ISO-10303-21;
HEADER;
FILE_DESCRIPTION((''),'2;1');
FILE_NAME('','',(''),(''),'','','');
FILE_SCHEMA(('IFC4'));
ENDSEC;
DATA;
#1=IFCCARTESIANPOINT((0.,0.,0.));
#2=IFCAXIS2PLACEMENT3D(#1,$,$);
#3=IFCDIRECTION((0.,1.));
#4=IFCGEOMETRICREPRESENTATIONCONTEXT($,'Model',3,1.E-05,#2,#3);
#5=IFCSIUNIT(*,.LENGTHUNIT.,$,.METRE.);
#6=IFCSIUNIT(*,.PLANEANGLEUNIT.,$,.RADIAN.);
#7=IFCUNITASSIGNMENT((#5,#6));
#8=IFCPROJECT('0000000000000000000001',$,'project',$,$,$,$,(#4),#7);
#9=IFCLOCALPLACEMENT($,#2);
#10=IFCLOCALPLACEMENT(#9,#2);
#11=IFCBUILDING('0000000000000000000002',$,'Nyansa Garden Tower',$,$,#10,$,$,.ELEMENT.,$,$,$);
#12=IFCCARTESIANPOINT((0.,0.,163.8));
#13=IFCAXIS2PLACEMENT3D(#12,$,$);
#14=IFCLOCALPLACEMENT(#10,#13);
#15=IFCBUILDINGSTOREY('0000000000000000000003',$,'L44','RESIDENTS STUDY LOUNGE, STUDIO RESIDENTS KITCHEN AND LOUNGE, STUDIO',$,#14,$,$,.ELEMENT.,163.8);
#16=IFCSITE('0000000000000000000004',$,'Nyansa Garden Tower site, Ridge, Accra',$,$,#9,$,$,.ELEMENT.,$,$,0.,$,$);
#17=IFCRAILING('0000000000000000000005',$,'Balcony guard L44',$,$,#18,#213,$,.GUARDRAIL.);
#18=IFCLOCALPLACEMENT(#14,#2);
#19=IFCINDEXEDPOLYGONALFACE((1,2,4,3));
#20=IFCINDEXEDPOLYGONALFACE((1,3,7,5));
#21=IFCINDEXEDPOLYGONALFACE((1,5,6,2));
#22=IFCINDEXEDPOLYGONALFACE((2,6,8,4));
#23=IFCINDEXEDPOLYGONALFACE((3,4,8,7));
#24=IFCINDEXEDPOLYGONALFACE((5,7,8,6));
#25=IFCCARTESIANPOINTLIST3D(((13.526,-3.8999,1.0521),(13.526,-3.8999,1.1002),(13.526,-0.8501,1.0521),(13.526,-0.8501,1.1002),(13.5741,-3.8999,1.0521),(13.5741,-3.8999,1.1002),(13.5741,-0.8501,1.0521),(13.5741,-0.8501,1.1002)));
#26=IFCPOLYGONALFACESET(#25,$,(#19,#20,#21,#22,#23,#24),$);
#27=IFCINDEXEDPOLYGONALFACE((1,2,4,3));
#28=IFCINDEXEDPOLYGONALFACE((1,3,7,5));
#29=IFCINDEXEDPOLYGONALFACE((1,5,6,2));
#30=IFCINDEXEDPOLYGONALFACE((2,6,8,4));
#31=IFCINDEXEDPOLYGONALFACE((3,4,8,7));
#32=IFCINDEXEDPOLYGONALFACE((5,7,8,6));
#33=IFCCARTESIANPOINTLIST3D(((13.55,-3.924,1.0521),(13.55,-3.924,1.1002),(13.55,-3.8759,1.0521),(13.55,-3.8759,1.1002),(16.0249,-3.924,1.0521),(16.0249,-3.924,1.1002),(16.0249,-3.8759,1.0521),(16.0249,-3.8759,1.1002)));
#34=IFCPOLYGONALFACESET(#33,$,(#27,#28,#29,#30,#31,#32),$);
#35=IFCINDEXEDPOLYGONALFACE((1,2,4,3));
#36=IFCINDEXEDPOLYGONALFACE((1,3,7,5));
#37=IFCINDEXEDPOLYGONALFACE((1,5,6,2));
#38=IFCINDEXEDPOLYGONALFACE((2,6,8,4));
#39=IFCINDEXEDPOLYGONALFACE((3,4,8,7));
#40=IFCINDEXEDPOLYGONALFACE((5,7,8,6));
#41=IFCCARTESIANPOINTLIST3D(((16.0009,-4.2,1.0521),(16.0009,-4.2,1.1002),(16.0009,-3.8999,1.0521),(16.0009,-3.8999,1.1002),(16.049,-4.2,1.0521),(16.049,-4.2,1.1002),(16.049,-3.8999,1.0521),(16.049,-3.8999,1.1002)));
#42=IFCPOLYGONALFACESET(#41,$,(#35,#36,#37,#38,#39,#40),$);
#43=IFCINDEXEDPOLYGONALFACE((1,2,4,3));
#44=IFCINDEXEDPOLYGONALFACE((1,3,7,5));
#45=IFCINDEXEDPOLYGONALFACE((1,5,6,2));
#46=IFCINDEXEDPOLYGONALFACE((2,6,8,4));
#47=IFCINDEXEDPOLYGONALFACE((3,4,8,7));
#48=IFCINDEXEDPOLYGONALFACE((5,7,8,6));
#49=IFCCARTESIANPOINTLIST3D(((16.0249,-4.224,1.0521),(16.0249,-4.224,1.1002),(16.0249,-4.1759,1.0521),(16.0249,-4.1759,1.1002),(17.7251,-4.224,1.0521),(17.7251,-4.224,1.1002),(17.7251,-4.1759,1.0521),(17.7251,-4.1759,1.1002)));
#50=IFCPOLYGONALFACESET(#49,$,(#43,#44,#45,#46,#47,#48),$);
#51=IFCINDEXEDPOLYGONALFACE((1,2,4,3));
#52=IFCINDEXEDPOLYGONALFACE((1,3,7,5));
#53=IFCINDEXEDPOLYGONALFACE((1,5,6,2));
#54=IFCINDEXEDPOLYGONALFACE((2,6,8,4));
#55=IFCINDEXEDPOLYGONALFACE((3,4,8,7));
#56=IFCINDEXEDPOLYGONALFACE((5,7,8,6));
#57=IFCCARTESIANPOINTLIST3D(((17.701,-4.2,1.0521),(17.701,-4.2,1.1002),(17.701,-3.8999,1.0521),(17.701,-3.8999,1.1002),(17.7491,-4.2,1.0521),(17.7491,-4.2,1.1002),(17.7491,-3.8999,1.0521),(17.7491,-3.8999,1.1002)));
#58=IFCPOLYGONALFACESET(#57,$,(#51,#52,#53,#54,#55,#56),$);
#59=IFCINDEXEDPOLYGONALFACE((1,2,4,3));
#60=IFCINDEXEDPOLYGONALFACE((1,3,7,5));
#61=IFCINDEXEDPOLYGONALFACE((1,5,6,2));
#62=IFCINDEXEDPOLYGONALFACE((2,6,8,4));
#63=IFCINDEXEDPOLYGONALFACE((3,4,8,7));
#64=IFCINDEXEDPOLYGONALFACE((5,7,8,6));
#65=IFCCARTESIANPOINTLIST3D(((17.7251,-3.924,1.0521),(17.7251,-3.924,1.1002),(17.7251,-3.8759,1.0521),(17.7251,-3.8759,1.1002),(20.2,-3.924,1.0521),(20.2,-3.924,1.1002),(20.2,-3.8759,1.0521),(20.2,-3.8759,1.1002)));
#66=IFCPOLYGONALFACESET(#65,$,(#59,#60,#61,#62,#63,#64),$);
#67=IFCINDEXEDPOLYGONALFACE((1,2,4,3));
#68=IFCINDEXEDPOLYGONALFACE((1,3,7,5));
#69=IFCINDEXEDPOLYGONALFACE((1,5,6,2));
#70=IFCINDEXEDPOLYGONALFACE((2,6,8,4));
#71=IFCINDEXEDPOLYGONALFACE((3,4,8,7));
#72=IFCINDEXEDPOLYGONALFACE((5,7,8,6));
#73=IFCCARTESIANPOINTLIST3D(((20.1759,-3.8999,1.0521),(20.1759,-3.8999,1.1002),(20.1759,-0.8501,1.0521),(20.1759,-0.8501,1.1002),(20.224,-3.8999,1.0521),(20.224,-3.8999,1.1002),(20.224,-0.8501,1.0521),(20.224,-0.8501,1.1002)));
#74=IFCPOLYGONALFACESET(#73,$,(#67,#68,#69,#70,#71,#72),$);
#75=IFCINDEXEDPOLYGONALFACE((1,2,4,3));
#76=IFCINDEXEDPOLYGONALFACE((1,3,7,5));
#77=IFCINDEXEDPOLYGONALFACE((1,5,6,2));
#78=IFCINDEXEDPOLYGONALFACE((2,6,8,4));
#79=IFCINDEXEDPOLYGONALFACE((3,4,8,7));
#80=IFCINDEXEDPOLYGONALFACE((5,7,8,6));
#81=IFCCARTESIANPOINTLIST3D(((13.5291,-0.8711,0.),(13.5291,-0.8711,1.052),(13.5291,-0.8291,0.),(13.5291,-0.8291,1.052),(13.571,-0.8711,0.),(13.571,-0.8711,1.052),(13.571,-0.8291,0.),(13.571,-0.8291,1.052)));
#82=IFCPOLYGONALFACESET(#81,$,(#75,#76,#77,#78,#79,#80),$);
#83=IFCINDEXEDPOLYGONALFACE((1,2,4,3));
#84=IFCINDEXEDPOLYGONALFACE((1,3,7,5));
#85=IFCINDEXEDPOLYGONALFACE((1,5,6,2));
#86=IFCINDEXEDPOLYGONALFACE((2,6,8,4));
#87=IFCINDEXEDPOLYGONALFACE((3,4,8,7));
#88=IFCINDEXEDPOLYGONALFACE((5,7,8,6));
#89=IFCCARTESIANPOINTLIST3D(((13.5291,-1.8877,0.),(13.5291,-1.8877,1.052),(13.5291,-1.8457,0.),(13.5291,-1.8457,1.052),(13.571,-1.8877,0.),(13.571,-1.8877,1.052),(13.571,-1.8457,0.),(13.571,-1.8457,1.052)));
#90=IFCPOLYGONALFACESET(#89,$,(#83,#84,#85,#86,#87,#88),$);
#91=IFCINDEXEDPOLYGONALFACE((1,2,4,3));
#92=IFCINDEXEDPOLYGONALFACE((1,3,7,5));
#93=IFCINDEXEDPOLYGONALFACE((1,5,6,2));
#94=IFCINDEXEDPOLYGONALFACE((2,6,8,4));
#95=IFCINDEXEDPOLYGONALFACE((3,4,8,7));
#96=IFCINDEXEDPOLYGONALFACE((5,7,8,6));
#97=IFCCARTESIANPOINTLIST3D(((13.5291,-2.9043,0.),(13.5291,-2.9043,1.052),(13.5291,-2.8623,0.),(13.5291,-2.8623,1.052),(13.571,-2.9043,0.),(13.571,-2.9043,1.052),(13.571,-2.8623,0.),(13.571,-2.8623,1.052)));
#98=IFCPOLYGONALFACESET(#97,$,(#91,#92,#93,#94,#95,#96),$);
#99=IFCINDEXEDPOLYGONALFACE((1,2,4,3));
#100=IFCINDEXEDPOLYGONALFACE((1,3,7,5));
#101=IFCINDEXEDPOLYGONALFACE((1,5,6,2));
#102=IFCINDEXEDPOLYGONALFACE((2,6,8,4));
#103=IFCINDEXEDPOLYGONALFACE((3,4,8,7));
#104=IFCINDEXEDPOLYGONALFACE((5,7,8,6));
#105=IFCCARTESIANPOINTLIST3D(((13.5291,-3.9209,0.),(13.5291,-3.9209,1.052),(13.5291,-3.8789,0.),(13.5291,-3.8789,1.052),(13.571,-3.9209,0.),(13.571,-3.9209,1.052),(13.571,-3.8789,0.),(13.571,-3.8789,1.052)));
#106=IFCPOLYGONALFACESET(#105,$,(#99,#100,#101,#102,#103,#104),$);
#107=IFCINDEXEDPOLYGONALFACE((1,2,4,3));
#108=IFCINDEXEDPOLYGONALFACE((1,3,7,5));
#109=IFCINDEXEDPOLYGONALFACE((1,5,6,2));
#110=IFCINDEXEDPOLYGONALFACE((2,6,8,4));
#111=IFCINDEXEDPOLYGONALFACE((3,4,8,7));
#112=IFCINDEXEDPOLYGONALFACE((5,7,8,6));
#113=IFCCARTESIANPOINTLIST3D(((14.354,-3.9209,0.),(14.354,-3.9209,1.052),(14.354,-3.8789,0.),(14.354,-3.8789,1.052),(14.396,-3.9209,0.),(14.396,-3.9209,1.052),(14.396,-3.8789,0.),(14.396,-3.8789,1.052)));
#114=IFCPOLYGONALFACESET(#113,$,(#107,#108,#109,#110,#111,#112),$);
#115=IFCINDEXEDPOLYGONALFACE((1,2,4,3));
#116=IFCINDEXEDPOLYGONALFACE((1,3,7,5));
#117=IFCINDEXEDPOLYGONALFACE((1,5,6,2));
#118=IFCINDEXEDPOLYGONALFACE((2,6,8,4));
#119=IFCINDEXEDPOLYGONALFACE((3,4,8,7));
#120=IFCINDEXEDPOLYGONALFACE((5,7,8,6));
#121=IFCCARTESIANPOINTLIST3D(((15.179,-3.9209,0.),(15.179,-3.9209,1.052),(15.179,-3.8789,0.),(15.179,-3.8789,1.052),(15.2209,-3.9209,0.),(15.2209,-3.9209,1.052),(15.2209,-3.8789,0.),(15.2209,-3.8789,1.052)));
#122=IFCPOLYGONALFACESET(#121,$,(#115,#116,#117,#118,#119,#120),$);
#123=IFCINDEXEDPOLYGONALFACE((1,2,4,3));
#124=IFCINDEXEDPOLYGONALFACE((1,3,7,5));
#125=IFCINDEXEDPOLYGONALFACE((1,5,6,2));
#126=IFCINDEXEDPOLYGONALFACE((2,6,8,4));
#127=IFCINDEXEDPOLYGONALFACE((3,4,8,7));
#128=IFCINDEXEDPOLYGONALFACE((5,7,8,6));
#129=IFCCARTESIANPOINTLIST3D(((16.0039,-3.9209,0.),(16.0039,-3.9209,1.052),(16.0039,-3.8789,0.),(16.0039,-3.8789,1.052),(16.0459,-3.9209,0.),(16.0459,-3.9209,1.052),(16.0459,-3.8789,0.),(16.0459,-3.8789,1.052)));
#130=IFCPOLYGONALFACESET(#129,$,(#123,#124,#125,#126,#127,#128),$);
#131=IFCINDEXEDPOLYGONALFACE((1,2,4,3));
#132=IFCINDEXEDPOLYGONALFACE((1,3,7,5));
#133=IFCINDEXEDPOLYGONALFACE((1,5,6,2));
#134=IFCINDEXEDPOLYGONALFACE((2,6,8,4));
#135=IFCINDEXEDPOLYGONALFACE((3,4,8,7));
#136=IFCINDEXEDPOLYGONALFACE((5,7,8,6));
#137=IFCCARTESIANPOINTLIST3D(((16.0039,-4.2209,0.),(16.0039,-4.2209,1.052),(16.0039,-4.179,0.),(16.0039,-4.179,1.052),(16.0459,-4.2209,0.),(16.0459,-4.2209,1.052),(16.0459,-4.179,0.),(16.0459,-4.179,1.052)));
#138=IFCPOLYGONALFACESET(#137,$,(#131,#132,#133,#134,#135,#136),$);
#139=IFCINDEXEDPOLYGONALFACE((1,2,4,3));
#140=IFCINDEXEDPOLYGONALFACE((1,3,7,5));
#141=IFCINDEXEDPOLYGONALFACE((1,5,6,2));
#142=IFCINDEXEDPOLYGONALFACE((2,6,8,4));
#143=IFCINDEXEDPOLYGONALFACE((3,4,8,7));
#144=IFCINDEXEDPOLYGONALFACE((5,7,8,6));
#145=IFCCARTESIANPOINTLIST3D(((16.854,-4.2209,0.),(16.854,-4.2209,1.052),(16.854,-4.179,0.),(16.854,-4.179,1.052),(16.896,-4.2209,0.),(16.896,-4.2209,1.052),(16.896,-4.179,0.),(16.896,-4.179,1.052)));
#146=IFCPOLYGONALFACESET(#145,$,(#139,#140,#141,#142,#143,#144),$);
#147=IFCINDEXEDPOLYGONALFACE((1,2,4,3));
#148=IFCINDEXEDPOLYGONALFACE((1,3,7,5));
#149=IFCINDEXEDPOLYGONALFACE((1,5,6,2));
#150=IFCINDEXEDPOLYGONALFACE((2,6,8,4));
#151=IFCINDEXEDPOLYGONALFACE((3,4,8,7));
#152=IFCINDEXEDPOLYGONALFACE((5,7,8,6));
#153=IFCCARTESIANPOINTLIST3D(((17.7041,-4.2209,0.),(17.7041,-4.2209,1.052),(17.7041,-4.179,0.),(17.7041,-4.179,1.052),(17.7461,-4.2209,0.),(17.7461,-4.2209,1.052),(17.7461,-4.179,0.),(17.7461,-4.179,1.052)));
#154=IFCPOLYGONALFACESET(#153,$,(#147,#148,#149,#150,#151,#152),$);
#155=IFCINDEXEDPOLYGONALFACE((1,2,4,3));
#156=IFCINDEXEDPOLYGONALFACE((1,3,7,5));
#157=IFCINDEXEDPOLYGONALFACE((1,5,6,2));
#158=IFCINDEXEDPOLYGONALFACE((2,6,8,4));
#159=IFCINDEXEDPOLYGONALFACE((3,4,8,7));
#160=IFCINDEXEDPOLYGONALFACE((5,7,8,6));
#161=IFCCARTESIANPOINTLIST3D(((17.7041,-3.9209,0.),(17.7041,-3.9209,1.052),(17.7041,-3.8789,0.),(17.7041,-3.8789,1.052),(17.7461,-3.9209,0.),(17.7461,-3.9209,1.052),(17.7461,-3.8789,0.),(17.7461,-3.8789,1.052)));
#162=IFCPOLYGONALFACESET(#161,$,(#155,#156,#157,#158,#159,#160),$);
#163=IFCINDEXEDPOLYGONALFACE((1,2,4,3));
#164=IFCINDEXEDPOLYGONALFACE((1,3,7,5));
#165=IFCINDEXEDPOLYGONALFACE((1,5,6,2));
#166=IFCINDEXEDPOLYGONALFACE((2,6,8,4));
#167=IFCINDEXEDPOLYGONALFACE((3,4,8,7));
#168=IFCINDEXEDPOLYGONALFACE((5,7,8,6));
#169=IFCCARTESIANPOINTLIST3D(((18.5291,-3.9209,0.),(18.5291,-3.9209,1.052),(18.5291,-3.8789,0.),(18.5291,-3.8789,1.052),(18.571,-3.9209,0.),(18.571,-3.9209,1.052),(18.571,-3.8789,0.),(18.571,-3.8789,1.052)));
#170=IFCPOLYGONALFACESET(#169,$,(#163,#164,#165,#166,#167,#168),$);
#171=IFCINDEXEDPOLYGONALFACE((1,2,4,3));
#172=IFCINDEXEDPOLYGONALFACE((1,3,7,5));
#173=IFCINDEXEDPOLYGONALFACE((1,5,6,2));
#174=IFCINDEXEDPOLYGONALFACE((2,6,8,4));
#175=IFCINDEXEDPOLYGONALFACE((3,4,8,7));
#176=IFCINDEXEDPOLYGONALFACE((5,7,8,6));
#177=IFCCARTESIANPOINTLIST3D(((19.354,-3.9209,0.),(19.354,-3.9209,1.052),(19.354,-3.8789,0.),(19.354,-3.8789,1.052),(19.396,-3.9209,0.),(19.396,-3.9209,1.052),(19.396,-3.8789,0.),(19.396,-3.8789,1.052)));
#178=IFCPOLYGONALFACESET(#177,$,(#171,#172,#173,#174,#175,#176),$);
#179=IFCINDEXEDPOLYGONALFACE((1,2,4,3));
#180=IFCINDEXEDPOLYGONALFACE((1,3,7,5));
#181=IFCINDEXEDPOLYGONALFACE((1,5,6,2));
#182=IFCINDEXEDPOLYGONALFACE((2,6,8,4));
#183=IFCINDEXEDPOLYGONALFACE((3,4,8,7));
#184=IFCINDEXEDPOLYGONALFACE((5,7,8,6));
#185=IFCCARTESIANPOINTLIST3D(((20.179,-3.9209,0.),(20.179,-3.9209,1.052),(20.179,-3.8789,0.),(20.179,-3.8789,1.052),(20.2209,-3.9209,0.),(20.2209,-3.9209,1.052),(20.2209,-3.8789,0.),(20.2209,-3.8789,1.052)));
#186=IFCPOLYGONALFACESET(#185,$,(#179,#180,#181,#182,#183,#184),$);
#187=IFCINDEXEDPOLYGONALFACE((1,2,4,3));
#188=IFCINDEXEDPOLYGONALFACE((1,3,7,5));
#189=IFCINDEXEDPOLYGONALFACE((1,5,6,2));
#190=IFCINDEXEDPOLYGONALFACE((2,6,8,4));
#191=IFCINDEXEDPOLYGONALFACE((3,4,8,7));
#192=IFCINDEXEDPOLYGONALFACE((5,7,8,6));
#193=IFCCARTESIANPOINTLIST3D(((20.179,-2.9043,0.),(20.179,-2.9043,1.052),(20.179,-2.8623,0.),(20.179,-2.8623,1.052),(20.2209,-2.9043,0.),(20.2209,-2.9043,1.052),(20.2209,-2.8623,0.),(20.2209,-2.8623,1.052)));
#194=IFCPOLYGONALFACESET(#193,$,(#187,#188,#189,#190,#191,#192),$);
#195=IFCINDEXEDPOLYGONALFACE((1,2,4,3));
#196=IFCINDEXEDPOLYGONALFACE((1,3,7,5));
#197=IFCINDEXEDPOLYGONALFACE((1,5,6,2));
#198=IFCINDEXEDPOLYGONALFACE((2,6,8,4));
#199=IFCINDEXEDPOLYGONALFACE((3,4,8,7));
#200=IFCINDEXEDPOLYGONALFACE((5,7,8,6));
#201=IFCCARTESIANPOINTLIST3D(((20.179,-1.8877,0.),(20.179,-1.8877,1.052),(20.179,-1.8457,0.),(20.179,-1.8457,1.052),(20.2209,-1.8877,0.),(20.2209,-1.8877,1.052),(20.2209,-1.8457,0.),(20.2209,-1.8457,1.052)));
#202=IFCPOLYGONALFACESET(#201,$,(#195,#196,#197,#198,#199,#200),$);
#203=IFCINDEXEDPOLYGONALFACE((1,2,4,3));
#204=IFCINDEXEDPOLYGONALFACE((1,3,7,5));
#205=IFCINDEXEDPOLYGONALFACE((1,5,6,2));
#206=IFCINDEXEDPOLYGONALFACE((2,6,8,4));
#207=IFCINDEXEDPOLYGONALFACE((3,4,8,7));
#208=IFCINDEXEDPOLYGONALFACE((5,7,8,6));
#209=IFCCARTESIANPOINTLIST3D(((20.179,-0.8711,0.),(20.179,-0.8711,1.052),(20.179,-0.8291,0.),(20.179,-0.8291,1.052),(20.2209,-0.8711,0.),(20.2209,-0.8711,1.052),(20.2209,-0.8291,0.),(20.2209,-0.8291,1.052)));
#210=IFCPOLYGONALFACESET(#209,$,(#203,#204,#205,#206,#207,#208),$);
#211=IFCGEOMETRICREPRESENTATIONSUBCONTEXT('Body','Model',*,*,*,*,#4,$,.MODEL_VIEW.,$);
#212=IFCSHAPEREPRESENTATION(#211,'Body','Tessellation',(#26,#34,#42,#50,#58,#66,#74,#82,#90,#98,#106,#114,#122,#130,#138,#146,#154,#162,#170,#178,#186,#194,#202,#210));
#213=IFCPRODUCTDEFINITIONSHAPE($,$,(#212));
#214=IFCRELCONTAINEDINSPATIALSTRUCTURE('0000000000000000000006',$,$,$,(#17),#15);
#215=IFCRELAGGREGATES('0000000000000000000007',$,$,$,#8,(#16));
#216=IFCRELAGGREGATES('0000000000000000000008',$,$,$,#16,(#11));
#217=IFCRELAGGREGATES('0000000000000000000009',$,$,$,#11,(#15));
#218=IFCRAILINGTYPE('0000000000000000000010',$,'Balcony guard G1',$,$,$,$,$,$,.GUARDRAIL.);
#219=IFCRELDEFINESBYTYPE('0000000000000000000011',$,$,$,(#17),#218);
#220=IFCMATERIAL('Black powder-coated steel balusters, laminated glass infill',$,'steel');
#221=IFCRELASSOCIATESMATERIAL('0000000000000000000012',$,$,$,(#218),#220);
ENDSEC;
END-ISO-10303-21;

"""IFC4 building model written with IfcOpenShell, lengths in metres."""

from ifc_helpers import new_model, si_unit, direction, frame, origin, origin_2d, place, context, subcontext, project, spatial, rectangle, extrude, material, type_object, element, save


model = new_model("IFC4")

# Units and contexts
model_context = context("Model", 3, precision=1e-05, world=origin(), true_north=direction((0.0, 1.0)))
body_context = subcontext(model_context, "Body", "Model", "MODEL_VIEW")
ifc_project = project(units=[si_unit("LENGTHUNIT", "METRE"), si_unit("PLANEANGLEUNIT", "RADIAN")], contexts=[model_context])

# Site, building, storey
site_placement = place(None, origin())
site = spatial("IfcSite", under=ifc_project, at=site_placement, Name="Nyansa Garden Tower site, Ridge, Accra", CompositionType="ELEMENT", RefElevation=0.0)
building_placement = place(site_placement, origin())
building = spatial("IfcBuilding", under=site, at=building_placement, Name="Nyansa Garden Tower", CompositionType="ELEMENT")
storey_placement = place(building_placement, frame((0.0, 0.0, 163.8)))
storey = spatial("IfcBuildingStorey", under=building, at=storey_placement, Name="L44", Description="RESIDENTS STUDY LOUNGE, STUDIO RESIDENTS KITCHEN AND LOUNGE, STUDIO", CompositionType="ELEMENT", Elevation=163.8)

# Railing
ifc_material_1 = material(Name="Black powder-coated steel balusters, laminated glass infill", Category="steel")
railing_type = type_object("IfcRailingType", Name="Balcony guard G1", PredefinedType="GUARDRAIL", material=ifc_material_1)
railing_placement = place(storey_placement, frame((13.55, -0.8501, 0.0)))
element("IfcRailing", 1, at=railing_placement, inside=storey, type_object=railing_type, Name="Balcony guard L44", PredefinedType="GUARDRAIL", context=body_context, shape_type="SweptSolid", body=[
    extrude(rectangle(XDim=0.0481, YDim=0.0481, at=origin_2d()), frame((0.0, 0.0, 1.0762), z_axis=(0.0, -1.0, 0.0), x_axis=(1.0, 0.0, 0.0)), (0.0, 0.0, 1.0), 3.0498),
    extrude(rectangle(XDim=0.0481, YDim=0.0481, at=origin_2d()), frame((0.0, -3.0498, 1.0762), z_axis=(1.0, 0.0, 0.0), x_axis=(0.0, 1.0, 0.0)), (0.0, 0.0, 1.0), 2.4749),
    extrude(rectangle(XDim=0.0481, YDim=0.0481, at=origin_2d()), frame((2.4749, -3.0498, 1.0762), z_axis=(0.0, -1.0, 0.0), x_axis=(1.0, 0.0, 0.0)), (0.0, 0.0, 1.0), 0.3),
    extrude(rectangle(XDim=0.0481, YDim=0.0481, at=origin_2d()), frame((2.4749, -3.3499, 1.0762), z_axis=(1.0, 0.0, 0.0), x_axis=(0.0, 1.0, 0.0)), (0.0, 0.0, 1.0), 1.7002),
    extrude(rectangle(XDim=0.0481, YDim=0.0481, at=origin_2d()), frame((4.175, -3.3499, 1.0762), z_axis=(0.0, 1.0, 0.0), x_axis=(-1.0, 0.0, 0.0)), (0.0, 0.0, 1.0), 0.3),
    extrude(rectangle(XDim=0.0481, YDim=0.0481, at=origin_2d()), frame((4.175, -3.0498, 1.0762), z_axis=(1.0, 0.0, 0.0), x_axis=(0.0, 1.0, 0.0)), (0.0, 0.0, 1.0), 2.4749),
    extrude(rectangle(XDim=0.0481, YDim=0.0481, at=origin_2d()), frame((6.6499, -3.0498, 1.0762), z_axis=(0.0, 1.0, 0.0), x_axis=(-1.0, 0.0, 0.0)), (0.0, 0.0, 1.0), 3.0498),
    extrude(rectangle(XDim=0.042, YDim=0.042, at=origin_2d()), origin(), (0.0, 0.0, 1.0), 1.052),
    extrude(rectangle(XDim=0.042, YDim=0.042, at=origin_2d()), frame((0.0, -1.0166, 0.0)), (0.0, 0.0, 1.0), 1.052),
    extrude(rectangle(XDim=0.042, YDim=0.042, at=origin_2d()), frame((0.0, -2.0332, 0.0)), (0.0, 0.0, 1.0), 1.052),
    extrude(rectangle(XDim=0.042, YDim=0.042, at=origin_2d()), frame((0.0, -3.0498, 0.0)), (0.0, 0.0, 1.0), 1.052),
    extrude(rectangle(XDim=0.042, YDim=0.042, at=origin_2d()), frame((0.825, -3.0498, 0.0)), (0.0, 0.0, 1.0), 1.052),
    extrude(rectangle(XDim=0.042, YDim=0.042, at=origin_2d()), frame((1.6499, -3.0498, 0.0)), (0.0, 0.0, 1.0), 1.052),
    extrude(rectangle(XDim=0.042, YDim=0.042, at=origin_2d()), frame((2.4749, -3.0498, 0.0)), (0.0, 0.0, 1.0), 1.052),
    extrude(rectangle(XDim=0.042, YDim=0.042, at=origin_2d()), frame((2.4749, -3.3499, 0.0)), (0.0, 0.0, 1.0), 1.052),
    extrude(rectangle(XDim=0.042, YDim=0.042, at=origin_2d()), frame((3.325, -3.3499, 0.0)), (0.0, 0.0, 1.0), 1.052),
    extrude(rectangle(XDim=0.042, YDim=0.042, at=origin_2d()), frame((4.175, -3.3499, 0.0)), (0.0, 0.0, 1.0), 1.052),
    extrude(rectangle(XDim=0.042, YDim=0.042, at=origin_2d()), frame((4.175, -3.0498, 0.0)), (0.0, 0.0, 1.0), 1.052),
    extrude(rectangle(XDim=0.042, YDim=0.042, at=origin_2d()), frame((5.0, -3.0498, 0.0)), (0.0, 0.0, 1.0), 1.052),
    extrude(rectangle(XDim=0.042, YDim=0.042, at=origin_2d()), frame((5.825, -3.0498, 0.0)), (0.0, 0.0, 1.0), 1.052),
    extrude(rectangle(XDim=0.042, YDim=0.042, at=origin_2d()), frame((6.6499, -3.0498, 0.0)), (0.0, 0.0, 1.0), 1.052),
    extrude(rectangle(XDim=0.042, YDim=0.042, at=origin_2d()), frame((6.6499, -2.0332, 0.0)), (0.0, 0.0, 1.0), 1.052),
    extrude(rectangle(XDim=0.042, YDim=0.042, at=origin_2d()), frame((6.6499, -1.0166, 0.0)), (0.0, 0.0, 1.0), 1.052),
    extrude(rectangle(XDim=0.042, YDim=0.042, at=origin_2d()), frame((6.6499, 0.0, 0.0)), (0.0, 0.0, 1.0), 1.052),
])

save(model, "model.ifc")
